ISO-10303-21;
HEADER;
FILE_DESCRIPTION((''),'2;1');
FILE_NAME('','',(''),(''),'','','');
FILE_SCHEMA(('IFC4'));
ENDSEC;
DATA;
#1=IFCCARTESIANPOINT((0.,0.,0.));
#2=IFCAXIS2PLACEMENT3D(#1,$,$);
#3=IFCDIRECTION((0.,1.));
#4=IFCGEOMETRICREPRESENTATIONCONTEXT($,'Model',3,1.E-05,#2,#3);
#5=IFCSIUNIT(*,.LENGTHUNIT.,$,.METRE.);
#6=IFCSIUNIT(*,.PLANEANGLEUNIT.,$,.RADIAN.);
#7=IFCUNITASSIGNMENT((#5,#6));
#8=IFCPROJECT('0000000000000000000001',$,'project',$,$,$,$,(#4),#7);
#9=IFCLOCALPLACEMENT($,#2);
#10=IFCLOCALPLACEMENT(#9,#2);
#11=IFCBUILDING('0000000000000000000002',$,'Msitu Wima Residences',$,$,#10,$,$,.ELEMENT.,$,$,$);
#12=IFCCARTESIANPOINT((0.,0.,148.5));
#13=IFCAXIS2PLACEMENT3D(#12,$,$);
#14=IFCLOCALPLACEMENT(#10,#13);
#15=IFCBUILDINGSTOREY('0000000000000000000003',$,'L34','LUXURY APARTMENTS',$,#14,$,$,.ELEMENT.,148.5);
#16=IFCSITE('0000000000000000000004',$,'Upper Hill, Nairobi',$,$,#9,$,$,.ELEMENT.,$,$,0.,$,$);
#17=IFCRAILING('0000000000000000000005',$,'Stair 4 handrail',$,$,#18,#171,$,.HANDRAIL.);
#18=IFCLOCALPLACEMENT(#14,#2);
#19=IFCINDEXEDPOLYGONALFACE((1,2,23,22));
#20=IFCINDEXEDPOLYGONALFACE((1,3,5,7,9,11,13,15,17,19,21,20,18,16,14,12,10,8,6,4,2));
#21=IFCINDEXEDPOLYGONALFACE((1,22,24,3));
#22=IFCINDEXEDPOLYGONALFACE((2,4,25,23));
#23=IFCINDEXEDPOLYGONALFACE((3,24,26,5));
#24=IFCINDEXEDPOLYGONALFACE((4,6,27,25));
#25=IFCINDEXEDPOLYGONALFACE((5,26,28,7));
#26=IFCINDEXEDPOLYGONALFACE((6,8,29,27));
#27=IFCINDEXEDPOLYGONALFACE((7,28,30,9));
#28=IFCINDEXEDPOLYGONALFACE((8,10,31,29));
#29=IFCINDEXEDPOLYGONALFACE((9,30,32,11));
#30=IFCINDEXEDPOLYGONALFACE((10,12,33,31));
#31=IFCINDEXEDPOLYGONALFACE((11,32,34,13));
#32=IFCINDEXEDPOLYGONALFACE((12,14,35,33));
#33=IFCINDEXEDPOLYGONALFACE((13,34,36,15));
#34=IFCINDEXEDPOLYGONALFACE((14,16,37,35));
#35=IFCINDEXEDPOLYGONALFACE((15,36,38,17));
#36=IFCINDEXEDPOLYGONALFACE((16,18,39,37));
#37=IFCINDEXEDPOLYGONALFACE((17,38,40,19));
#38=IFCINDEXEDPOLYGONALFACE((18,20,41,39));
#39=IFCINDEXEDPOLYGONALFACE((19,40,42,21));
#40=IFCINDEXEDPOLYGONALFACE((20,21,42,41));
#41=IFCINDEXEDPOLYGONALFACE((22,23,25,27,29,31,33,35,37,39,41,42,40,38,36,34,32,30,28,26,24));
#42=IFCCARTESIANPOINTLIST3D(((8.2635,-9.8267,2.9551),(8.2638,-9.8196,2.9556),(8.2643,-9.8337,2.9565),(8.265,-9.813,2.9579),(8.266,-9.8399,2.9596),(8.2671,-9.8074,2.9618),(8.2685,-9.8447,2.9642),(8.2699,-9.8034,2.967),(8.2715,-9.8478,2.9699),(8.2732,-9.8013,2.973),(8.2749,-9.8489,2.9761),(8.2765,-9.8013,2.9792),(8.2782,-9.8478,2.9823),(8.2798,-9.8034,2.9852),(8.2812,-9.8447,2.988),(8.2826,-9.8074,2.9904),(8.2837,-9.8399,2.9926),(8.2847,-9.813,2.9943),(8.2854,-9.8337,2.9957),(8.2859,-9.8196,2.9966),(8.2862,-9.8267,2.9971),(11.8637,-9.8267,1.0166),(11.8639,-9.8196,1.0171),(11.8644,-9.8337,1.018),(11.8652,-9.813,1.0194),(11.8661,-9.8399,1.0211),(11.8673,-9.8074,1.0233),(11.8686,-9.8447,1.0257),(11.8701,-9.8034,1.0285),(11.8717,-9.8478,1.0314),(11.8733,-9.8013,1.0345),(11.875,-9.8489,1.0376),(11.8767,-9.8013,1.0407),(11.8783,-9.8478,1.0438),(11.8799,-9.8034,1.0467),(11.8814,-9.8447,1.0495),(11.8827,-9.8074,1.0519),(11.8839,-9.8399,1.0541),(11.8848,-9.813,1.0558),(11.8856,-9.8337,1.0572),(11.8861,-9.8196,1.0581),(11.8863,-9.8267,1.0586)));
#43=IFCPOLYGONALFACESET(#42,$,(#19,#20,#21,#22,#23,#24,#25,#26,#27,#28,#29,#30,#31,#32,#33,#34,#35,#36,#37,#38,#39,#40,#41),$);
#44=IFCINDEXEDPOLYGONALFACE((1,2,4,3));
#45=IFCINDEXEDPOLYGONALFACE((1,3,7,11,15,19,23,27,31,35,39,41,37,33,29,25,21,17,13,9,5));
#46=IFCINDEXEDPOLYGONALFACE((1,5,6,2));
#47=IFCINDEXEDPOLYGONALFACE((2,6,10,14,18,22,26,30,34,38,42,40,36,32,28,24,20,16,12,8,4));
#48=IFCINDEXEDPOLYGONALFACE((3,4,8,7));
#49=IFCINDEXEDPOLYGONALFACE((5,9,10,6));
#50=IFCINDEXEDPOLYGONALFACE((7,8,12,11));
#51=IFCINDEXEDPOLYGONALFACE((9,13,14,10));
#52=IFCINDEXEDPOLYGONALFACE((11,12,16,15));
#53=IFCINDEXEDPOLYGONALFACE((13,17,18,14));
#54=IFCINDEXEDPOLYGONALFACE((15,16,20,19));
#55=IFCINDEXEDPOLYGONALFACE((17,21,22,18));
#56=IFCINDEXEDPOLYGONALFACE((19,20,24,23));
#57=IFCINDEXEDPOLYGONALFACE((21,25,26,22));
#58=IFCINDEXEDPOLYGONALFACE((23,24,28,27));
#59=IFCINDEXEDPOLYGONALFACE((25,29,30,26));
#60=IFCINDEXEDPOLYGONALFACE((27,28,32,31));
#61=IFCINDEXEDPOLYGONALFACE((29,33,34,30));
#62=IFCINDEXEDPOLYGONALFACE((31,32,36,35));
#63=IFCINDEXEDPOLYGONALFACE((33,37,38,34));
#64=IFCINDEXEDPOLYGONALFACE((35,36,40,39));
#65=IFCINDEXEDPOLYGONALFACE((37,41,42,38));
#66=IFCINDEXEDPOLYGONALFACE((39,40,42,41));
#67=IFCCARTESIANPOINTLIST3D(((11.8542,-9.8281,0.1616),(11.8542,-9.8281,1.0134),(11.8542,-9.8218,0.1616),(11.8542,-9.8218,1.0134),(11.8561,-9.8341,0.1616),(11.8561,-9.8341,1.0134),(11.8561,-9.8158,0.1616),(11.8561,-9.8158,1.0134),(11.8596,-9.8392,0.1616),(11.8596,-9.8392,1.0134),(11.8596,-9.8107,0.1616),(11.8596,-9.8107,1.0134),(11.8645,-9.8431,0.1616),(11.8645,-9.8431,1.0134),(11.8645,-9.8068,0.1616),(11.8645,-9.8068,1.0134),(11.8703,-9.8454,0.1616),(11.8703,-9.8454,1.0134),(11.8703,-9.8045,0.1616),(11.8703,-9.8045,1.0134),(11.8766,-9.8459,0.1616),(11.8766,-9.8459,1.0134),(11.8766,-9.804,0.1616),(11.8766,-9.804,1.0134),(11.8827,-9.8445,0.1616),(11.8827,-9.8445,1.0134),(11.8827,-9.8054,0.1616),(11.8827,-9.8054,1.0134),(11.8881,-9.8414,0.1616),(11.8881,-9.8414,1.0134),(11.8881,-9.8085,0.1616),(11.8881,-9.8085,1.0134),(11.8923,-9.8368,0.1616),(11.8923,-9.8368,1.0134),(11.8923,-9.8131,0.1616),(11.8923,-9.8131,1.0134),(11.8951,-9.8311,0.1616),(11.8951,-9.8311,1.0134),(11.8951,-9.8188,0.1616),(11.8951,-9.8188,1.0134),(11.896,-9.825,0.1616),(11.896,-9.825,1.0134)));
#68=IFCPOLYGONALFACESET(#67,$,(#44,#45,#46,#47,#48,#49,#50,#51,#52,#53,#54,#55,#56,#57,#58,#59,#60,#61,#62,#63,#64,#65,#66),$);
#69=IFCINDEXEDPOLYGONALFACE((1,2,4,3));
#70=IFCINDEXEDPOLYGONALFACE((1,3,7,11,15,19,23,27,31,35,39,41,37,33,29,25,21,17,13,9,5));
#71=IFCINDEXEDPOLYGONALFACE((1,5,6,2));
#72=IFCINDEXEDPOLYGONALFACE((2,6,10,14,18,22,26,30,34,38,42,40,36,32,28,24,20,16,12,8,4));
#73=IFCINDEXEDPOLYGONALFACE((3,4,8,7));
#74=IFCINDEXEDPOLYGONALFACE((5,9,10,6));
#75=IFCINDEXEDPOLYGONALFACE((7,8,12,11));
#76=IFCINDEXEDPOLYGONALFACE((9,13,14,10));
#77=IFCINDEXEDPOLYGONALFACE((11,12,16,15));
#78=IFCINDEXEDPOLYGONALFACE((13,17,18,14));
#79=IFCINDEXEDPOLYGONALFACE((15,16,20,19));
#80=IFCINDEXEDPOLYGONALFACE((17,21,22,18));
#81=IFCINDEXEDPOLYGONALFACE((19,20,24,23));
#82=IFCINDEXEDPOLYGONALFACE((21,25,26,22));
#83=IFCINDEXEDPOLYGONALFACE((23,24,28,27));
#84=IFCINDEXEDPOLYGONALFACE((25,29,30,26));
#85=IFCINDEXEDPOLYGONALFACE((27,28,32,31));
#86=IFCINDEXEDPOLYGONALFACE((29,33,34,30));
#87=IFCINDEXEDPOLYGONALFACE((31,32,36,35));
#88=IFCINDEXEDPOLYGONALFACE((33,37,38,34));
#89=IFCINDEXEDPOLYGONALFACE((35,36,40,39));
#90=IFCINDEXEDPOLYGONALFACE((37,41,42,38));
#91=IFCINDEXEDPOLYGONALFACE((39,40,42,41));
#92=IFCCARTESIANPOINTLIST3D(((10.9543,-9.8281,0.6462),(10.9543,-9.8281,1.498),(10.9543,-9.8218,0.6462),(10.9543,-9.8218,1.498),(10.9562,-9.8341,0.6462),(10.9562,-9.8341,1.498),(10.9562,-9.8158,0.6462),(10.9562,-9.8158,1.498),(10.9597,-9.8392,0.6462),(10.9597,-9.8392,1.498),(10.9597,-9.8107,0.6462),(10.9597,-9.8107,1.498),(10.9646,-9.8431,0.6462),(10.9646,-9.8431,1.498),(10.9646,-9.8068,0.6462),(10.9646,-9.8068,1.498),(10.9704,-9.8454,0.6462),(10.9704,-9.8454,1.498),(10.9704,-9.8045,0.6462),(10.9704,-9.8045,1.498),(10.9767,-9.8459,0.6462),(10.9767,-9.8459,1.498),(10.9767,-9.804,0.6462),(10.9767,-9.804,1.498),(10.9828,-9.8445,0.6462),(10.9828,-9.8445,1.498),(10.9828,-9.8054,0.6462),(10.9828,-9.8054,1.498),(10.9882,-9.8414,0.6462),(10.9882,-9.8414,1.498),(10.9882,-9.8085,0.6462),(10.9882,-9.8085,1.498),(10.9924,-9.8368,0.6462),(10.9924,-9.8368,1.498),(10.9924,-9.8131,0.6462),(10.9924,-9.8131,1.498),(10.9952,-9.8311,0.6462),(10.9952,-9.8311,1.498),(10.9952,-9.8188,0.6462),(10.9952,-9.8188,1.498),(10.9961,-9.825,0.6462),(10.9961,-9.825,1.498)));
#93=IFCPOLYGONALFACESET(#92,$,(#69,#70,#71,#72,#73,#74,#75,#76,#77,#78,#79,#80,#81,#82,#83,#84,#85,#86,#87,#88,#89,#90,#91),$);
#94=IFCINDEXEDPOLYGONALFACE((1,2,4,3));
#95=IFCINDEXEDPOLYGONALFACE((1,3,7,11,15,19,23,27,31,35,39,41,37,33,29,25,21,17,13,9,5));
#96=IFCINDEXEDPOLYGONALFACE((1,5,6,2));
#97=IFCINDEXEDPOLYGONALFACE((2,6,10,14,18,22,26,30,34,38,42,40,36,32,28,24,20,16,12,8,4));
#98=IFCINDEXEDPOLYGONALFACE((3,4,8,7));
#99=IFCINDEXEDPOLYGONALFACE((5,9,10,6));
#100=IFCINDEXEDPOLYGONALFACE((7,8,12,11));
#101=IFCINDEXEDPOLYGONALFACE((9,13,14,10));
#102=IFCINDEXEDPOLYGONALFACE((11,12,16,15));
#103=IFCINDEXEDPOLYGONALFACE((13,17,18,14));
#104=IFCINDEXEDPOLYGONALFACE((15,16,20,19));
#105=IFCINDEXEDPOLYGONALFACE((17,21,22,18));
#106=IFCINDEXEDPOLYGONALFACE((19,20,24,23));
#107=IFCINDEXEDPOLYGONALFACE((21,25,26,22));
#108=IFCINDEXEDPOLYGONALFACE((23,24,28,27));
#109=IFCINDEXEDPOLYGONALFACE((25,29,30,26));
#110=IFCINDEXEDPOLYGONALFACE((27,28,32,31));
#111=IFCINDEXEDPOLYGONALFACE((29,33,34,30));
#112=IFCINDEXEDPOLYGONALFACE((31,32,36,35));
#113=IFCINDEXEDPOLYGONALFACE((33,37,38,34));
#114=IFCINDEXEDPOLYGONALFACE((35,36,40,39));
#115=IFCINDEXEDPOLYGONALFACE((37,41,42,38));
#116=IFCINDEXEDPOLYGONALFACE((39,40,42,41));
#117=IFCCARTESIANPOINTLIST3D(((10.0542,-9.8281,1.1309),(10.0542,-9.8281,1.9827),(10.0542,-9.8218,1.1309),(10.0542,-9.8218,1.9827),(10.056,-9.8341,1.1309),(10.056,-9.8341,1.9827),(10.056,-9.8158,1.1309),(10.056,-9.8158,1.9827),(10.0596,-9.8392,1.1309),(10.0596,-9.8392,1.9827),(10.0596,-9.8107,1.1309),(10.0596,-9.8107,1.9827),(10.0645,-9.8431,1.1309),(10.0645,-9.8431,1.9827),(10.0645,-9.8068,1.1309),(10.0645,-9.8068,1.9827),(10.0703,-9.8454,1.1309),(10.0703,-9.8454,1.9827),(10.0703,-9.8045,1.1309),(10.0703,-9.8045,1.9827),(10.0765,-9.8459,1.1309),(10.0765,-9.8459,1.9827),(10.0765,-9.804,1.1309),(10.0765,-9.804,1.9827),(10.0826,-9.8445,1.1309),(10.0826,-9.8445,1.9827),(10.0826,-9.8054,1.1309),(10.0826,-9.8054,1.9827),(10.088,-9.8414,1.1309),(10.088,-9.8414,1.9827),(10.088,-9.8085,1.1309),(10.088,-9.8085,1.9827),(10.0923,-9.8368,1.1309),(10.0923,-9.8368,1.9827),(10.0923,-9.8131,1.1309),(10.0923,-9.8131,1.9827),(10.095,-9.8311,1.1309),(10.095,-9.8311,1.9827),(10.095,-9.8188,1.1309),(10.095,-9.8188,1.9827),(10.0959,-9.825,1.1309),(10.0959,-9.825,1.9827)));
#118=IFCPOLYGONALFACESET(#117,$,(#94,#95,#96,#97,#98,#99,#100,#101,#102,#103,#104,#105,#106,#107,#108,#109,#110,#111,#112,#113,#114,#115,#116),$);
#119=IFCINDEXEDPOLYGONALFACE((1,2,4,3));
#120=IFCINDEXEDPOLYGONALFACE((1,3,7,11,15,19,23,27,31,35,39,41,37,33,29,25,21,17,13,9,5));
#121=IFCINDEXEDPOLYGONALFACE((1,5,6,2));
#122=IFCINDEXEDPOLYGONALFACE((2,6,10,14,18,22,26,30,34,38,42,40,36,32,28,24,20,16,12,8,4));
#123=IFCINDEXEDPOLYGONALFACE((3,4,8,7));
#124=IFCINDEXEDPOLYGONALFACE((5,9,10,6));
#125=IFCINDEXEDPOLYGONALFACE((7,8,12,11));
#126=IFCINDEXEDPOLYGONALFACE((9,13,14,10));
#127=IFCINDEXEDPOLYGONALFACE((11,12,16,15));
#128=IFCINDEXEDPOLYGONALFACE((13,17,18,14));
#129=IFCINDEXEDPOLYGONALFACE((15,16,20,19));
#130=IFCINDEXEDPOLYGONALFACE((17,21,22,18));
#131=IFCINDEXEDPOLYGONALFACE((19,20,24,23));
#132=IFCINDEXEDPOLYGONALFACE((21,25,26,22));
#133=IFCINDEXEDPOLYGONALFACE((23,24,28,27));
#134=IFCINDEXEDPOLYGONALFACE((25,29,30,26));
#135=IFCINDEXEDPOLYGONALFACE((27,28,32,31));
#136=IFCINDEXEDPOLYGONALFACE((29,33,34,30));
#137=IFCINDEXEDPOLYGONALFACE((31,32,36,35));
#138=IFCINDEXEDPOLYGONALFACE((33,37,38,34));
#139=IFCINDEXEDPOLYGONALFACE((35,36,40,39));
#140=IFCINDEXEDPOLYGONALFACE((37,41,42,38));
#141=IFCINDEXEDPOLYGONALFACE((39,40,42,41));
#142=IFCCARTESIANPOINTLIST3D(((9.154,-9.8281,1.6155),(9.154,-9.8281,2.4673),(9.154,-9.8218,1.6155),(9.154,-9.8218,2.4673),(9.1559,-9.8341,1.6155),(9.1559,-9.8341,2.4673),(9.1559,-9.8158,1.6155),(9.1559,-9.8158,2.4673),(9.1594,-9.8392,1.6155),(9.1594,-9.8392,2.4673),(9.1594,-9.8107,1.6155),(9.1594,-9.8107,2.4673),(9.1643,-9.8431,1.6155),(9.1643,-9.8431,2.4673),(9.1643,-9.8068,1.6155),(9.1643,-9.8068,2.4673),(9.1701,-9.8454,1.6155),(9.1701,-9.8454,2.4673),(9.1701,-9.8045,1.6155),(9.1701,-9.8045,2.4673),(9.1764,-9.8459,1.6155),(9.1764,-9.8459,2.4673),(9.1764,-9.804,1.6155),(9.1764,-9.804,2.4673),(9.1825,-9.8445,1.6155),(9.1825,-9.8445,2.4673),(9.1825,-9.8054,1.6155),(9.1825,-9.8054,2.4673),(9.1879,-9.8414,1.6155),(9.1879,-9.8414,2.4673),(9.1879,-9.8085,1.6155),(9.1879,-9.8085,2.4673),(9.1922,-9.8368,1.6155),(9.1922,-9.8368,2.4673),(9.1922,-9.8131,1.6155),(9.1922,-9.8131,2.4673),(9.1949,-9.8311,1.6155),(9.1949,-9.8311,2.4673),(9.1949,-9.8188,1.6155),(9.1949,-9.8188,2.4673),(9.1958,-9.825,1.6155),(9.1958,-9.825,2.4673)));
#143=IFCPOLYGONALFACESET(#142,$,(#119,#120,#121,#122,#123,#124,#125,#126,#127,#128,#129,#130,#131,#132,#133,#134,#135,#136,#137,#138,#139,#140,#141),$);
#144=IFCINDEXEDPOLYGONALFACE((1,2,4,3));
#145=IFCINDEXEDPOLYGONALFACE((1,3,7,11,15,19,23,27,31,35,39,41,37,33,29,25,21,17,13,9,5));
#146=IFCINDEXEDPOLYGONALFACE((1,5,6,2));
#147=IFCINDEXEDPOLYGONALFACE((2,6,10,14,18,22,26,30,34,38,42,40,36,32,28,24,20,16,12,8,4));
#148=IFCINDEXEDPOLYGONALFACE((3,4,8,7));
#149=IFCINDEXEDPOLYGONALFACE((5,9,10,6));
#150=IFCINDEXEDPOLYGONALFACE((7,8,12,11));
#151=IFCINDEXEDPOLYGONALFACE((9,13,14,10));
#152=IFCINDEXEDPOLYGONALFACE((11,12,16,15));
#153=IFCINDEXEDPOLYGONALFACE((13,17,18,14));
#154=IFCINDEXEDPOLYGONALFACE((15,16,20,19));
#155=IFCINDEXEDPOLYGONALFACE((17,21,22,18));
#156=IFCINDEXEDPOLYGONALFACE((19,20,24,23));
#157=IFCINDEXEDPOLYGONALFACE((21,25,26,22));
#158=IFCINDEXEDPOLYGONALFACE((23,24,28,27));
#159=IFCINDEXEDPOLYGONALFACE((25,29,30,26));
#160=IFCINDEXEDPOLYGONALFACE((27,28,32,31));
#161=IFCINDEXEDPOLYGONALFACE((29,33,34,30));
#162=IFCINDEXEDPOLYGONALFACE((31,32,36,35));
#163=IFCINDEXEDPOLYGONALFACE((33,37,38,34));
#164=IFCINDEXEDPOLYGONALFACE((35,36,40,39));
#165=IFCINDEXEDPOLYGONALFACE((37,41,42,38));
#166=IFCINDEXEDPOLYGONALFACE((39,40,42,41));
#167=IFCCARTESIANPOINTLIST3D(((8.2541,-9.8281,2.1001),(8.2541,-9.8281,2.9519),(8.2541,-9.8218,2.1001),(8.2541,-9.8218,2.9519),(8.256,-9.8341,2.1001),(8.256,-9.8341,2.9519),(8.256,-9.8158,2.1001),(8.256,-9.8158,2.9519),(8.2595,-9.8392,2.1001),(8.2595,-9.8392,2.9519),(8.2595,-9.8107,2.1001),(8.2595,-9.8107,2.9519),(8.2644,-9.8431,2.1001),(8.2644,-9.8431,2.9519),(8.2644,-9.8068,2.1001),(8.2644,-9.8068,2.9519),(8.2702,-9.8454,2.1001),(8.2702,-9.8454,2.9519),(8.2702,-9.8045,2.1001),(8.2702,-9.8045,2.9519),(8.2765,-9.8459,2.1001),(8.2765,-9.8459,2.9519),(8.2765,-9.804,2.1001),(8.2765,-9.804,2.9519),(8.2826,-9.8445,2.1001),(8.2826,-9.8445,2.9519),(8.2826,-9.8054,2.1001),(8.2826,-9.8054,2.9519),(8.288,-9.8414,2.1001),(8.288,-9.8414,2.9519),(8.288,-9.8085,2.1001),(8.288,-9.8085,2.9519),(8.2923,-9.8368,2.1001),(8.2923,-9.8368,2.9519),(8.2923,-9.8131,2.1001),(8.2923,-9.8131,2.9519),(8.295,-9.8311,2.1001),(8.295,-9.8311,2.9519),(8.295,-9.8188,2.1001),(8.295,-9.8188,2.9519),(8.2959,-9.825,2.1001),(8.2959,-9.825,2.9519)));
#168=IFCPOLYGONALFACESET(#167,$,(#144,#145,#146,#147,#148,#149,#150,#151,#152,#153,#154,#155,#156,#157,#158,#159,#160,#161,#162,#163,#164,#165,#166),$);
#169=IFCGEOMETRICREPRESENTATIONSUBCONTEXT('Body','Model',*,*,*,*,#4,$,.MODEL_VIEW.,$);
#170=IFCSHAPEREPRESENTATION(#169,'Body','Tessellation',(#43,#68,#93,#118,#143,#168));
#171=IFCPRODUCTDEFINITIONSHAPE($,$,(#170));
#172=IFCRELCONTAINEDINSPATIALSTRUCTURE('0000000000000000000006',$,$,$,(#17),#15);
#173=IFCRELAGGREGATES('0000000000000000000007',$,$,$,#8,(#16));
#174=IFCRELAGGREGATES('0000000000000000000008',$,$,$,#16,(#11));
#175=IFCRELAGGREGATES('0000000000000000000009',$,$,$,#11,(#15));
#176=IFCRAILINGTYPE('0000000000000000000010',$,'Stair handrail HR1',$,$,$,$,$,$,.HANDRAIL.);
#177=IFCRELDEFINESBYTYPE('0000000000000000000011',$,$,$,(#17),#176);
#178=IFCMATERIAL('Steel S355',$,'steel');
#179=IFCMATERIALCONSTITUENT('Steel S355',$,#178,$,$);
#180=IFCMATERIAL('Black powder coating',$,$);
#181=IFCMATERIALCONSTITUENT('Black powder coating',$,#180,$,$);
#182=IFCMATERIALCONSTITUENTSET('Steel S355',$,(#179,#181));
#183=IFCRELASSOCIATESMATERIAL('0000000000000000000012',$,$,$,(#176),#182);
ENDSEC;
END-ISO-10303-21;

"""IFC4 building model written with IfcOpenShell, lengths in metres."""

from ifc_helpers import new_model, si_unit, direction, frame, origin, origin_2d, place, context, subcontext, project, spatial, circle, extrude, material, constituent, constituent_set, type_object, element, save


model = new_model("IFC4")

# Units and contexts
model_context = context("Model", 3, precision=1e-05, world=origin(), true_north=direction((0.0, 1.0)))
body_context = subcontext(model_context, "Body", "Model", "MODEL_VIEW")
ifc_project = project(units=[si_unit("LENGTHUNIT", "METRE"), si_unit("PLANEANGLEUNIT", "RADIAN")], contexts=[model_context])

# Site, building, storey
site_placement = place(None, origin())
site = spatial("IfcSite", under=ifc_project, at=site_placement, Name="Upper Hill, Nairobi", CompositionType="ELEMENT", RefElevation=0.0)
building_placement = place(site_placement, origin())
building = spatial("IfcBuilding", under=site, at=building_placement, Name="Msitu Wima Residences", CompositionType="ELEMENT")
storey_placement = place(building_placement, frame((0.0, 0.0, 148.5)))
storey = spatial("IfcBuildingStorey", under=building, at=storey_placement, Name="L34", Description="LUXURY APARTMENTS", CompositionType="ELEMENT", Elevation=148.5)

# Railing
ifc_material_1 = material(Name="Steel S355", Category="steel")
ifc_constituent_1 = constituent(ifc_material_1, Name="Steel S355")
ifc_material_2 = material(Name="Black powder coating")
ifc_constituent_2 = constituent(ifc_material_2, Name="Black powder coating")
ifc_constituent_set = constituent_set(constituents=[ifc_constituent_1, ifc_constituent_2], Name="Steel S355")
railing_type = type_object("IfcRailingType", Name="Stair handrail HR1", PredefinedType="HANDRAIL", material=ifc_constituent_set)
for number, where, name in (
    (1, (11.875, -9.825, 0.1616), "Stair 4 handrail"),
):
    element("IfcRailing", number, at=place(storey_placement, frame(where)), inside=storey, type_object=railing_type, Name=name, PredefinedType="HANDRAIL", context=body_context, shape_type="SweptSolid", body=[
        extrude(circle(Radius=0.0239, at=origin_2d()), frame((0.0, 0.0, 0.876), z_axis=(-0.880475, 0.0, 0.474093), x_axis=(0.0, -1.0, 0.0)), (0.0, 0.0, 1.0), 4.0889),
        extrude(circle(Radius=0.021, at=origin_2d()), origin(), (0.0, 0.0, 1.0), 0.8518),
        extrude(circle(Radius=0.021, at=origin_2d()), frame((-0.8999, 0.0, 0.4846)), (0.0, 0.0, 1.0), 0.8518),
        extrude(circle(Radius=0.021, at=origin_2d()), frame((-1.8, 0.0, 0.9692)), (0.0, 0.0, 1.0), 0.8518),
        extrude(circle(Radius=0.021, at=origin_2d()), frame((-2.7002, 0.0, 1.4539)), (0.0, 0.0, 1.0), 0.8518),
        extrude(circle(Radius=0.021, at=origin_2d()), frame((-3.6001, 0.0, 1.9385)), (0.0, 0.0, 1.0), 0.8518),
    ])

save(model, "model.ifc")
